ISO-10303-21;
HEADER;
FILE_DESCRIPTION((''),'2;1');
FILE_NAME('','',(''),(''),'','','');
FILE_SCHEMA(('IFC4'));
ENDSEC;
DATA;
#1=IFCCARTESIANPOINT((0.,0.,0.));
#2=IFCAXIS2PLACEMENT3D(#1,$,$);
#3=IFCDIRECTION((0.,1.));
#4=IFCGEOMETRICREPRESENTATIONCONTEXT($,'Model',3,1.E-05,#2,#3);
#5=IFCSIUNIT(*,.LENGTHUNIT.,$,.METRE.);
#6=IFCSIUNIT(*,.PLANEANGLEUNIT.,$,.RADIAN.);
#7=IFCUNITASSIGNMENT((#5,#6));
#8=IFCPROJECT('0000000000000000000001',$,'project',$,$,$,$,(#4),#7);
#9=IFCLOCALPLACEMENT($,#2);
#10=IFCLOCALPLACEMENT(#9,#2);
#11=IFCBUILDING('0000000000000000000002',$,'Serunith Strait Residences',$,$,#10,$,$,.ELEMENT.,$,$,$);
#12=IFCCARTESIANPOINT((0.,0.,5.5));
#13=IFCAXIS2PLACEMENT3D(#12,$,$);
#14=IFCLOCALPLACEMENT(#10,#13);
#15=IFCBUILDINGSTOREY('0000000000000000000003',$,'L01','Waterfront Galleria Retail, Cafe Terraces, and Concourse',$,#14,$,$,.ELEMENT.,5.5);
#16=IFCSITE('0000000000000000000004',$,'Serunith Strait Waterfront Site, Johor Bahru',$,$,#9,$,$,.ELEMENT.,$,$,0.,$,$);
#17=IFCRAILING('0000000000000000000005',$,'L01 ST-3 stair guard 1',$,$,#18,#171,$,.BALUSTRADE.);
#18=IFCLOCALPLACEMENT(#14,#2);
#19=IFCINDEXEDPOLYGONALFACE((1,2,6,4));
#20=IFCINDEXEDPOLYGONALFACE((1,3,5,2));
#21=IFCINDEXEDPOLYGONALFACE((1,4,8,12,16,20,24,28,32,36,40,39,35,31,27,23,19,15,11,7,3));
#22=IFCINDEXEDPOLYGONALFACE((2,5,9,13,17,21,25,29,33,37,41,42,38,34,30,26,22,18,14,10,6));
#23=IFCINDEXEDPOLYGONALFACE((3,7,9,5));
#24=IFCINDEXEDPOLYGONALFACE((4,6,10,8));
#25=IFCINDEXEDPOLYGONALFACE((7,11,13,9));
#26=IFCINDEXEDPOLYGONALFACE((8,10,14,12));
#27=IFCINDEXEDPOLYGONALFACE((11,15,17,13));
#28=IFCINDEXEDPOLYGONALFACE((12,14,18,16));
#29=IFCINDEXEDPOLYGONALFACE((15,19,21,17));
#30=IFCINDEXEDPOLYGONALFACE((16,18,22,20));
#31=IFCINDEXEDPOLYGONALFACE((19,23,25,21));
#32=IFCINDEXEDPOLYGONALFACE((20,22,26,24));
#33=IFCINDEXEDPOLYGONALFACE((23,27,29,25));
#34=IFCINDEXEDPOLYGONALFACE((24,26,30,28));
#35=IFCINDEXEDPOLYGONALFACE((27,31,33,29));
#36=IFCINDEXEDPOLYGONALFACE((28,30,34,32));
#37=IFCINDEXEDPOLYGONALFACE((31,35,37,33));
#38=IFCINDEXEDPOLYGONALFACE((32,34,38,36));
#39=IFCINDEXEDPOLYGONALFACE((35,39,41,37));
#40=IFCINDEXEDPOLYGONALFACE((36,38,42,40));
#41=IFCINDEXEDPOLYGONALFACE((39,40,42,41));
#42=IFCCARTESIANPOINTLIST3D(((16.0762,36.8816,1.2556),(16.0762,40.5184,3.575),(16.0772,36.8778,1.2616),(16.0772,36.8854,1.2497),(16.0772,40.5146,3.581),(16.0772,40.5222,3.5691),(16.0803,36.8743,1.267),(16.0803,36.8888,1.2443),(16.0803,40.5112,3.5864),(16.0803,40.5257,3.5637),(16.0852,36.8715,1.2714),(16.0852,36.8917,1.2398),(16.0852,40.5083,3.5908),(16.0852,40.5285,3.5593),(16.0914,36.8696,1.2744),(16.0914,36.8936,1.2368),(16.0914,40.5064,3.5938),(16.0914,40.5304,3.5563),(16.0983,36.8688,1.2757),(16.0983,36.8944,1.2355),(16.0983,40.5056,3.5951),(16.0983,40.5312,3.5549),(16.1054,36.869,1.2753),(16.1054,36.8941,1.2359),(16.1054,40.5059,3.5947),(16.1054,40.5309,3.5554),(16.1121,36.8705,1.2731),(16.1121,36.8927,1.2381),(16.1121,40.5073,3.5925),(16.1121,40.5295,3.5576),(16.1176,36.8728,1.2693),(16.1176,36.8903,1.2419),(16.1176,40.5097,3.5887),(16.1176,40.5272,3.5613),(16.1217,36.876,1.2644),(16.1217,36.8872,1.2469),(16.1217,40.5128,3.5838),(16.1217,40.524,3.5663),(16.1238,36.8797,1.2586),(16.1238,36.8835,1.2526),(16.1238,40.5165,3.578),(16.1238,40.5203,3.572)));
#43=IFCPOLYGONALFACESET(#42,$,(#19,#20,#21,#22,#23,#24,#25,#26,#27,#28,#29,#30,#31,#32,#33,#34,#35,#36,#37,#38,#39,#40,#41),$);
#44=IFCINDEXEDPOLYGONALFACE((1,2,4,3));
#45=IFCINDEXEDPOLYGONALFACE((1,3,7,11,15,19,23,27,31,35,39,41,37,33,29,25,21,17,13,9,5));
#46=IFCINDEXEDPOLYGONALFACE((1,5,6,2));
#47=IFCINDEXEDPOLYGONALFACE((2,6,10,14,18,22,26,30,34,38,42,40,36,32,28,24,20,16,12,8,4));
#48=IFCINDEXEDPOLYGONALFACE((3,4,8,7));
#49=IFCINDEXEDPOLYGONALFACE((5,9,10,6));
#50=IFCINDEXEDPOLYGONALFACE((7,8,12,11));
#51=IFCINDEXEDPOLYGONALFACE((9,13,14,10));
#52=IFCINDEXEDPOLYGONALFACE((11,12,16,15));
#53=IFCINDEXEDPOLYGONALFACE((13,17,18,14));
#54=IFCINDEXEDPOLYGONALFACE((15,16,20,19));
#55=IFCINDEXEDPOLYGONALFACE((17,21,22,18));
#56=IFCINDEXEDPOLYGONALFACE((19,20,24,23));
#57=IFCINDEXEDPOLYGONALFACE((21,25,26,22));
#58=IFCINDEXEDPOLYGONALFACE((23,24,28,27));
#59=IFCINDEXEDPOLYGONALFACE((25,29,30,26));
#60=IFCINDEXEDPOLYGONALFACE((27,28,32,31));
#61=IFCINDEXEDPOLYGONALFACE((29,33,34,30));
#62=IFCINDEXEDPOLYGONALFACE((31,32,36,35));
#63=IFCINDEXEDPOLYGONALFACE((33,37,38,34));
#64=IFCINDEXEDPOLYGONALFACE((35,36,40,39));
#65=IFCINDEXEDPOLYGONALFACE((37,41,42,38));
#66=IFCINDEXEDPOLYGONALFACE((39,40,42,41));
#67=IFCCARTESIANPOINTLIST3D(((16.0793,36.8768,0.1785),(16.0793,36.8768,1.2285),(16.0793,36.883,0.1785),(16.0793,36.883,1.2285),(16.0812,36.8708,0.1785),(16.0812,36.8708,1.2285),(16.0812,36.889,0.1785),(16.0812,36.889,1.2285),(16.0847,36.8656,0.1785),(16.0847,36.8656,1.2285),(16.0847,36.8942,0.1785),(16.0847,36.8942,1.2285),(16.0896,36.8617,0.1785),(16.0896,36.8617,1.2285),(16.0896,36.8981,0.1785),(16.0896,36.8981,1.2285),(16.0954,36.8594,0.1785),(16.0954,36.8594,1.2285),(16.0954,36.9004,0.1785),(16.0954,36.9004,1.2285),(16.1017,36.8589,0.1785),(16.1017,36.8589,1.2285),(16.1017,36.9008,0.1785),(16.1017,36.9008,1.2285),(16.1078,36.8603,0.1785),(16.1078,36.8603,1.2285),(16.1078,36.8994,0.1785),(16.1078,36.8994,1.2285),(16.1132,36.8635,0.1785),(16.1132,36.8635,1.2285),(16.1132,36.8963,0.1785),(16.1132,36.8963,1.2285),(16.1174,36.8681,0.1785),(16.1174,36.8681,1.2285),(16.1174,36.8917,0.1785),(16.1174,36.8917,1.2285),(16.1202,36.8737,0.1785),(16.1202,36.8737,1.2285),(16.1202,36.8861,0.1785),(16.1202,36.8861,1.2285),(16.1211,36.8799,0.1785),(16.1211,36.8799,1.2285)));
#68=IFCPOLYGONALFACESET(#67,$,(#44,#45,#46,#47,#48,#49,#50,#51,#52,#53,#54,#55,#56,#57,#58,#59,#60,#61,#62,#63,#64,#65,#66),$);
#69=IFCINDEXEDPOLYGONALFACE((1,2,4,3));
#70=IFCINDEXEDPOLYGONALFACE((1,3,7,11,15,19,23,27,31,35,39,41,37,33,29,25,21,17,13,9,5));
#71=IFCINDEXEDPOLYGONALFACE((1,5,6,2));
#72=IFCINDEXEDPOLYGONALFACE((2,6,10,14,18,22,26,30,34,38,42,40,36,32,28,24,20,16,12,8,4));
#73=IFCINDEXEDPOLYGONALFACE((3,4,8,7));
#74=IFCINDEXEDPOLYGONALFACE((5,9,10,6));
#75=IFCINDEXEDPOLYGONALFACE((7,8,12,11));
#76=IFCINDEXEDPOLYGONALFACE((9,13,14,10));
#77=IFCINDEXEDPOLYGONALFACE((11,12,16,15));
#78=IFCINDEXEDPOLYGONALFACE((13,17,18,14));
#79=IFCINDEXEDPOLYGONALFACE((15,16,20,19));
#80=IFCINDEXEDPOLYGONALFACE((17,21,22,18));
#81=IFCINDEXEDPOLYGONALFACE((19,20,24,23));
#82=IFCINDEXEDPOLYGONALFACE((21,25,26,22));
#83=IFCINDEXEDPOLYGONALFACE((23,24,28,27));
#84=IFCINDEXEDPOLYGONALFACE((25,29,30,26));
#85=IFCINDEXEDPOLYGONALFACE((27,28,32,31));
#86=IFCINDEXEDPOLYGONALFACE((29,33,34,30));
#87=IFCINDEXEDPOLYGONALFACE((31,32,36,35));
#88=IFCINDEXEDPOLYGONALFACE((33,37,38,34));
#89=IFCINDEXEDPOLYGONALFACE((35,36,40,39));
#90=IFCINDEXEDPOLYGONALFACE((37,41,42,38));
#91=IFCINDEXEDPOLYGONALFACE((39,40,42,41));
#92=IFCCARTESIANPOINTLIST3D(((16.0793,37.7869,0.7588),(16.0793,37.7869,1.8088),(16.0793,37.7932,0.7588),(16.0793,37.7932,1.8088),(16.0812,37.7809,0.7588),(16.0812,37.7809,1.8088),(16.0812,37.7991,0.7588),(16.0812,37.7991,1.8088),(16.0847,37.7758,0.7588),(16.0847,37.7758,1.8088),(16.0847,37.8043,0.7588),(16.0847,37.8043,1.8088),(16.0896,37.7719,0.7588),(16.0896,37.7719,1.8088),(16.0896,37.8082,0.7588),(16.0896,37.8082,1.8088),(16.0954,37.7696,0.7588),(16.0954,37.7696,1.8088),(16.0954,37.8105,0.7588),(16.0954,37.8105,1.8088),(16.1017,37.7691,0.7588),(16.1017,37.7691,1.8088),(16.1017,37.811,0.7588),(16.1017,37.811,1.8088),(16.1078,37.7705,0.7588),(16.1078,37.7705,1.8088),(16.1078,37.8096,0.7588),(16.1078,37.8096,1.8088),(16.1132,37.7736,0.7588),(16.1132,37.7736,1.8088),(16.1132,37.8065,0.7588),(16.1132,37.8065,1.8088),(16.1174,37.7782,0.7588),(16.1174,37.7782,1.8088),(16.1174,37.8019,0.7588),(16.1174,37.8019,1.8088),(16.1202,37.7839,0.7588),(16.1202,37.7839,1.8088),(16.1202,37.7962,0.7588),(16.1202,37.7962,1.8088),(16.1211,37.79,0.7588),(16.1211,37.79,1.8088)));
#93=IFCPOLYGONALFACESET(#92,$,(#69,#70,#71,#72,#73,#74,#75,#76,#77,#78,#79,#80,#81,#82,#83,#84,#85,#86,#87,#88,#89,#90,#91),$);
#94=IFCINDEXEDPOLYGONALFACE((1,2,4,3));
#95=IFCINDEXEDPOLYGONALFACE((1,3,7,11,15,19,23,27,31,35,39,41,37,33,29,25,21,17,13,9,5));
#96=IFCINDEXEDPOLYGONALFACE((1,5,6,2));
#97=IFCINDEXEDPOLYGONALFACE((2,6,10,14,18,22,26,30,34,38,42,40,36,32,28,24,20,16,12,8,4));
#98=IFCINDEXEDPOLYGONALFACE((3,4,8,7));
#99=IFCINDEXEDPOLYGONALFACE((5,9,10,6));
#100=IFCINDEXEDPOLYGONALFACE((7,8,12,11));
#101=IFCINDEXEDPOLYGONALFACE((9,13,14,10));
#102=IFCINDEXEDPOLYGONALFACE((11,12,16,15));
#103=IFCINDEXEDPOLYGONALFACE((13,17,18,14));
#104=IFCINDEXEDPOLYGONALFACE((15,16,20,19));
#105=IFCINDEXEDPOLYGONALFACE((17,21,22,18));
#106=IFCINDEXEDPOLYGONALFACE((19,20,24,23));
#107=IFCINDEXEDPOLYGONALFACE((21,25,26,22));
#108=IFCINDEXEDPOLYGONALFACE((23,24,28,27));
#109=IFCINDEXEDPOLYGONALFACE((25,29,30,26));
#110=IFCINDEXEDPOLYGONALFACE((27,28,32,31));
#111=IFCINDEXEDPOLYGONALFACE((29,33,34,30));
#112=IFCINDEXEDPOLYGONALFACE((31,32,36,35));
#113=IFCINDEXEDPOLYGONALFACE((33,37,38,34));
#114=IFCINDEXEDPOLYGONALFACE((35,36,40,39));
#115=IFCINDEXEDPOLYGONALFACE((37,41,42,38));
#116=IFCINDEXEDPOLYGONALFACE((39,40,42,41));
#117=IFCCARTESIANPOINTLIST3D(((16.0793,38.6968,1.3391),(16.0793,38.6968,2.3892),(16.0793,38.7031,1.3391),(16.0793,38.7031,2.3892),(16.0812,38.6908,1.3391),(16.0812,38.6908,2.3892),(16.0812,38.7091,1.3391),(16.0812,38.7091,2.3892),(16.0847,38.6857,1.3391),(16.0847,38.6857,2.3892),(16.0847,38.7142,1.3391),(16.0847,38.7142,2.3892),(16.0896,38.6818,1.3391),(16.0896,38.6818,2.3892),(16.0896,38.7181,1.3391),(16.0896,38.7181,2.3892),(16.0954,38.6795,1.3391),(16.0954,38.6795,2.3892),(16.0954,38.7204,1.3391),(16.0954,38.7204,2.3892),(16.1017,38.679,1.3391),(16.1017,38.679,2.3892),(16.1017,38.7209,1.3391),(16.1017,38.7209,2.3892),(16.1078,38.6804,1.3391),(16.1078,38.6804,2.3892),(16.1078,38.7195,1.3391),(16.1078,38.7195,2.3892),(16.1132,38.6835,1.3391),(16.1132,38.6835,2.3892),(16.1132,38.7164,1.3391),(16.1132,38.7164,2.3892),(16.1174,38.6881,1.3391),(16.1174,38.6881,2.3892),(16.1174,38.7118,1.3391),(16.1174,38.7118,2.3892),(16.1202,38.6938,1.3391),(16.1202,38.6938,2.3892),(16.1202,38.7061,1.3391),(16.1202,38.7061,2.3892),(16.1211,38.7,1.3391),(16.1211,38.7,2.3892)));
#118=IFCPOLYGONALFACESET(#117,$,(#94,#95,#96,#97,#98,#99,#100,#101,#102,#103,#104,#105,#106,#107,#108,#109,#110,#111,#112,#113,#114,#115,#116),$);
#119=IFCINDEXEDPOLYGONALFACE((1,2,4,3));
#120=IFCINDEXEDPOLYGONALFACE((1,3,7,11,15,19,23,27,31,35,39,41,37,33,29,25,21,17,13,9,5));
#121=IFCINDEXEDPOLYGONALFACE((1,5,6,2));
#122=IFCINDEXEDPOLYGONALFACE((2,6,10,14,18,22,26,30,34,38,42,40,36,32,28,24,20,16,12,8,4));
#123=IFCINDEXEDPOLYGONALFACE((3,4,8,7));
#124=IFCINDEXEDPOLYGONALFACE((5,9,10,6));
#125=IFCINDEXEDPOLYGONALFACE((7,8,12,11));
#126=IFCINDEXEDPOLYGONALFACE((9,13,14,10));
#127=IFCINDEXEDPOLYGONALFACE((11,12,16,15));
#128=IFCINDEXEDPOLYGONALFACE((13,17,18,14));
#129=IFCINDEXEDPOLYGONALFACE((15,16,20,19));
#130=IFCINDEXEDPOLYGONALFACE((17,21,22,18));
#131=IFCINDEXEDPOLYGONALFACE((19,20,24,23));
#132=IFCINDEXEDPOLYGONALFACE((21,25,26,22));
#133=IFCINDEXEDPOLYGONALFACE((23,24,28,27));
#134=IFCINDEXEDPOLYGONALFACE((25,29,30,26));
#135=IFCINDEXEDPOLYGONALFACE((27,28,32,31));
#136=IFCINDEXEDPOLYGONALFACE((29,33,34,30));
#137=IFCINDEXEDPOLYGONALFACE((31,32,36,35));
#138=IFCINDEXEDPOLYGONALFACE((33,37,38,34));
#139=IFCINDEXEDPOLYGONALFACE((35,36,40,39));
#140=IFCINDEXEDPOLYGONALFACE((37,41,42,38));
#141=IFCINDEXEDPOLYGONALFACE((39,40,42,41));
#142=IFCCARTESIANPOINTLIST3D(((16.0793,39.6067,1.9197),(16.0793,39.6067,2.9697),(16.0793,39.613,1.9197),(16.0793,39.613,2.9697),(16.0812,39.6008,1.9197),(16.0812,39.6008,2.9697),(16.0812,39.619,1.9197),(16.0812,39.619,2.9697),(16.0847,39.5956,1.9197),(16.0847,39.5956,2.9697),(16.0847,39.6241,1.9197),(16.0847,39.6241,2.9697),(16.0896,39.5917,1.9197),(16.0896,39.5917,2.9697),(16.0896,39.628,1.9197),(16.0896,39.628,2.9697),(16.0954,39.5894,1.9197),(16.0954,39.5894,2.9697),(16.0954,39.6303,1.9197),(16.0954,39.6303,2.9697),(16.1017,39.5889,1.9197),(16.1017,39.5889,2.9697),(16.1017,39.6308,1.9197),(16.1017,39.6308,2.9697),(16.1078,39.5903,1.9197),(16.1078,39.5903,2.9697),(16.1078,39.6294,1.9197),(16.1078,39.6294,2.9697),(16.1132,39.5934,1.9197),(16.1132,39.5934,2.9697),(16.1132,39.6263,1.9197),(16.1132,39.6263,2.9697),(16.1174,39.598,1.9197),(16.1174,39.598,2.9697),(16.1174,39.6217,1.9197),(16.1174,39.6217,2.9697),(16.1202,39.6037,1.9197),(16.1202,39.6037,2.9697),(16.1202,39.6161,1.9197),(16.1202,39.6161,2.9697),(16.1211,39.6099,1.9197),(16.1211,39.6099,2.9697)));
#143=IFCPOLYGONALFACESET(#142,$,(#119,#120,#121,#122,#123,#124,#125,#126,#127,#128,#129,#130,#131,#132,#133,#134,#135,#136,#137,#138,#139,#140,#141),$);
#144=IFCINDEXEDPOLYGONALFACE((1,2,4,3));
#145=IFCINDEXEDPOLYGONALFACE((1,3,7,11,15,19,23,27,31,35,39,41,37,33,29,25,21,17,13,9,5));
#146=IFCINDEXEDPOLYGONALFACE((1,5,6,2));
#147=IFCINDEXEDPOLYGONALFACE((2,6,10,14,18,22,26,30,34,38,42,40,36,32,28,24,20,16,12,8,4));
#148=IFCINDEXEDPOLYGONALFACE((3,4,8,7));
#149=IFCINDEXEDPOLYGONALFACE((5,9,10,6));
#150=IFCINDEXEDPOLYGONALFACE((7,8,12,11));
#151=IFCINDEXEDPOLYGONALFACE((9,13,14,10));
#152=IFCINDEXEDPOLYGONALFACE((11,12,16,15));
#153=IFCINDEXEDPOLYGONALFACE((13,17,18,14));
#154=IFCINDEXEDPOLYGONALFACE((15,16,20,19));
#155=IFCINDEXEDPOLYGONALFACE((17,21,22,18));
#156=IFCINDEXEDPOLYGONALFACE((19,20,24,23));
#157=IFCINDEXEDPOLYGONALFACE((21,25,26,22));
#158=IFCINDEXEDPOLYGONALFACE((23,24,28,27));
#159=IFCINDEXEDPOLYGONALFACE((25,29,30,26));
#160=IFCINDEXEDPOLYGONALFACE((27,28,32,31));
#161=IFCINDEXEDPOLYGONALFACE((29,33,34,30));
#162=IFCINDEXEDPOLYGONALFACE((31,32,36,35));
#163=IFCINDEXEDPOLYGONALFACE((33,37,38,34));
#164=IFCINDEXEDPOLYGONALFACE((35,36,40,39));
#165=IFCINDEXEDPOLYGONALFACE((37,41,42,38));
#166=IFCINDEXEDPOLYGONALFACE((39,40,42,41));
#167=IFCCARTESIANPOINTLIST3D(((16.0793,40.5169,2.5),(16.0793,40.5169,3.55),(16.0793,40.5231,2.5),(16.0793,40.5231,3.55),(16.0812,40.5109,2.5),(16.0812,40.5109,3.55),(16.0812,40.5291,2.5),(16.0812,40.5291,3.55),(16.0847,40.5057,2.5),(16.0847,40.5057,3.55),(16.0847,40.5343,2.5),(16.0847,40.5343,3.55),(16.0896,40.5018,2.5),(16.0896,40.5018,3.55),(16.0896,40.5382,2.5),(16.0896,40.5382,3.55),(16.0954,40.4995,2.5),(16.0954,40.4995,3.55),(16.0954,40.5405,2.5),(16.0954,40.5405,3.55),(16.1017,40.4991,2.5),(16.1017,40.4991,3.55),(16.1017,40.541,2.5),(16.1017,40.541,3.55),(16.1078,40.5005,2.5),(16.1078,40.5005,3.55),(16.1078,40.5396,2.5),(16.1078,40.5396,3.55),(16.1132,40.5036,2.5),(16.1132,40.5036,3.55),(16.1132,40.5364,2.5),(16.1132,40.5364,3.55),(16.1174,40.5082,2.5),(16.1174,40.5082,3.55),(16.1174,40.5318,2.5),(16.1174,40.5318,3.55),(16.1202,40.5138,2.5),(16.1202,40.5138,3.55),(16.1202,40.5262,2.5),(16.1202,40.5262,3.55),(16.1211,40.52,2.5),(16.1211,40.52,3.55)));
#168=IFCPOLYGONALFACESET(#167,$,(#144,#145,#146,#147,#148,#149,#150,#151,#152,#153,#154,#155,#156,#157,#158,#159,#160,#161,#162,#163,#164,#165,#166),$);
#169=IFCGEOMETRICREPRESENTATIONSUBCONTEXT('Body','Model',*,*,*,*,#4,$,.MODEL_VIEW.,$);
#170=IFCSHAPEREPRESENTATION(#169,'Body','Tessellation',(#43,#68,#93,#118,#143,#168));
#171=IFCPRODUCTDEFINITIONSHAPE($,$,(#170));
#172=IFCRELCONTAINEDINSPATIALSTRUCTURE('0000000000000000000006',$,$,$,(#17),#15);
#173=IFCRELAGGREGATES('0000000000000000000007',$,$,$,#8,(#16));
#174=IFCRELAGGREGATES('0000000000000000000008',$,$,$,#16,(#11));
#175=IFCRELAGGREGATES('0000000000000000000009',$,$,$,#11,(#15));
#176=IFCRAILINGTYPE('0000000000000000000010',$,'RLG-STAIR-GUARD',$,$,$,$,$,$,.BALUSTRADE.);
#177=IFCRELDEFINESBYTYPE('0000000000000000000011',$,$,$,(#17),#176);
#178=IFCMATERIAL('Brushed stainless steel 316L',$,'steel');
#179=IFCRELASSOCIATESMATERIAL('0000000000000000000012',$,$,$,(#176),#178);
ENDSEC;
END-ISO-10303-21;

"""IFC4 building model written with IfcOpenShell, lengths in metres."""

from ifc_helpers import new_model, si_unit, direction, frame, origin, origin_2d, place, context, subcontext, project, spatial, circle, extrude, material, type_object, element, save


model = new_model("IFC4")

# Units and contexts
model_context = context("Model", 3, precision=1e-05, world=origin(), true_north=direction((0.0, 1.0)))
body_context = subcontext(model_context, "Body", "Model", "MODEL_VIEW")
ifc_project = project(units=[si_unit("LENGTHUNIT", "METRE"), si_unit("PLANEANGLEUNIT", "RADIAN")], contexts=[model_context])

# Site, building, storey
site_placement = place(None, origin())
site = spatial("IfcSite", under=ifc_project, at=site_placement, Name="Serunith Strait Waterfront Site, Johor Bahru", CompositionType="ELEMENT", RefElevation=0.0)
building_placement = place(site_placement, origin())
building = spatial("IfcBuilding", under=site, at=building_placement, Name="Serunith Strait Residences", CompositionType="ELEMENT")
storey_placement = place(building_placement, frame((0.0, 0.0, 5.5)))
storey = spatial("IfcBuildingStorey", under=building, at=storey_placement, Name="L01", Description="Waterfront Galleria Retail, Cafe Terraces, and Concourse", CompositionType="ELEMENT", Elevation=5.5)

# Railing
ifc_material_1 = material(Name="Brushed stainless steel 316L", Category="steel")
railing_type_1 = type_object("IfcRailingType", Name="RLG-STAIR-GUARD", PredefinedType="BALUSTRADE", material=ifc_material_1)
railing_1_placement = place(storey_placement, frame((16.1001, 36.8799, 0.1785)))
element("IfcRailing", 1, at=railing_1_placement, inside=storey, type_object=railing_type_1, Name="L01 ST-3 stair guard 1", PredefinedType="BALUSTRADE", context=body_context, shape_type="SweptSolid", body=[
    extrude(circle(Radius=0.0239, at=origin_2d()), frame((0.0, 0.0017, 1.0771), z_axis=(0.0, 0.843128, 0.537713), x_axis=(-1.0, 0.0, 0.0)), (0.0, 0.0, 1.0), 4.3135),
    extrude(circle(Radius=0.021, at=origin_2d()), origin(), (0.0, 0.0, 1.0), 1.05),
    extrude(circle(Radius=0.021, at=origin_2d()), frame((0.0, 0.9102, 0.5803)), (0.0, 0.0, 1.0), 1.05),
    extrude(circle(Radius=0.021, at=origin_2d()), frame((0.0, 1.8201, 1.1606)), (0.0, 0.0, 1.0), 1.05),
    extrude(circle(Radius=0.021, at=origin_2d()), frame((0.0, 2.73, 1.7412)), (0.0, 0.0, 1.0), 1.05),
    extrude(circle(Radius=0.021, at=origin_2d()), frame((0.0, 3.6401, 2.3215)), (0.0, 0.0, 1.0), 1.05),
])

save(model, "model.ifc")
